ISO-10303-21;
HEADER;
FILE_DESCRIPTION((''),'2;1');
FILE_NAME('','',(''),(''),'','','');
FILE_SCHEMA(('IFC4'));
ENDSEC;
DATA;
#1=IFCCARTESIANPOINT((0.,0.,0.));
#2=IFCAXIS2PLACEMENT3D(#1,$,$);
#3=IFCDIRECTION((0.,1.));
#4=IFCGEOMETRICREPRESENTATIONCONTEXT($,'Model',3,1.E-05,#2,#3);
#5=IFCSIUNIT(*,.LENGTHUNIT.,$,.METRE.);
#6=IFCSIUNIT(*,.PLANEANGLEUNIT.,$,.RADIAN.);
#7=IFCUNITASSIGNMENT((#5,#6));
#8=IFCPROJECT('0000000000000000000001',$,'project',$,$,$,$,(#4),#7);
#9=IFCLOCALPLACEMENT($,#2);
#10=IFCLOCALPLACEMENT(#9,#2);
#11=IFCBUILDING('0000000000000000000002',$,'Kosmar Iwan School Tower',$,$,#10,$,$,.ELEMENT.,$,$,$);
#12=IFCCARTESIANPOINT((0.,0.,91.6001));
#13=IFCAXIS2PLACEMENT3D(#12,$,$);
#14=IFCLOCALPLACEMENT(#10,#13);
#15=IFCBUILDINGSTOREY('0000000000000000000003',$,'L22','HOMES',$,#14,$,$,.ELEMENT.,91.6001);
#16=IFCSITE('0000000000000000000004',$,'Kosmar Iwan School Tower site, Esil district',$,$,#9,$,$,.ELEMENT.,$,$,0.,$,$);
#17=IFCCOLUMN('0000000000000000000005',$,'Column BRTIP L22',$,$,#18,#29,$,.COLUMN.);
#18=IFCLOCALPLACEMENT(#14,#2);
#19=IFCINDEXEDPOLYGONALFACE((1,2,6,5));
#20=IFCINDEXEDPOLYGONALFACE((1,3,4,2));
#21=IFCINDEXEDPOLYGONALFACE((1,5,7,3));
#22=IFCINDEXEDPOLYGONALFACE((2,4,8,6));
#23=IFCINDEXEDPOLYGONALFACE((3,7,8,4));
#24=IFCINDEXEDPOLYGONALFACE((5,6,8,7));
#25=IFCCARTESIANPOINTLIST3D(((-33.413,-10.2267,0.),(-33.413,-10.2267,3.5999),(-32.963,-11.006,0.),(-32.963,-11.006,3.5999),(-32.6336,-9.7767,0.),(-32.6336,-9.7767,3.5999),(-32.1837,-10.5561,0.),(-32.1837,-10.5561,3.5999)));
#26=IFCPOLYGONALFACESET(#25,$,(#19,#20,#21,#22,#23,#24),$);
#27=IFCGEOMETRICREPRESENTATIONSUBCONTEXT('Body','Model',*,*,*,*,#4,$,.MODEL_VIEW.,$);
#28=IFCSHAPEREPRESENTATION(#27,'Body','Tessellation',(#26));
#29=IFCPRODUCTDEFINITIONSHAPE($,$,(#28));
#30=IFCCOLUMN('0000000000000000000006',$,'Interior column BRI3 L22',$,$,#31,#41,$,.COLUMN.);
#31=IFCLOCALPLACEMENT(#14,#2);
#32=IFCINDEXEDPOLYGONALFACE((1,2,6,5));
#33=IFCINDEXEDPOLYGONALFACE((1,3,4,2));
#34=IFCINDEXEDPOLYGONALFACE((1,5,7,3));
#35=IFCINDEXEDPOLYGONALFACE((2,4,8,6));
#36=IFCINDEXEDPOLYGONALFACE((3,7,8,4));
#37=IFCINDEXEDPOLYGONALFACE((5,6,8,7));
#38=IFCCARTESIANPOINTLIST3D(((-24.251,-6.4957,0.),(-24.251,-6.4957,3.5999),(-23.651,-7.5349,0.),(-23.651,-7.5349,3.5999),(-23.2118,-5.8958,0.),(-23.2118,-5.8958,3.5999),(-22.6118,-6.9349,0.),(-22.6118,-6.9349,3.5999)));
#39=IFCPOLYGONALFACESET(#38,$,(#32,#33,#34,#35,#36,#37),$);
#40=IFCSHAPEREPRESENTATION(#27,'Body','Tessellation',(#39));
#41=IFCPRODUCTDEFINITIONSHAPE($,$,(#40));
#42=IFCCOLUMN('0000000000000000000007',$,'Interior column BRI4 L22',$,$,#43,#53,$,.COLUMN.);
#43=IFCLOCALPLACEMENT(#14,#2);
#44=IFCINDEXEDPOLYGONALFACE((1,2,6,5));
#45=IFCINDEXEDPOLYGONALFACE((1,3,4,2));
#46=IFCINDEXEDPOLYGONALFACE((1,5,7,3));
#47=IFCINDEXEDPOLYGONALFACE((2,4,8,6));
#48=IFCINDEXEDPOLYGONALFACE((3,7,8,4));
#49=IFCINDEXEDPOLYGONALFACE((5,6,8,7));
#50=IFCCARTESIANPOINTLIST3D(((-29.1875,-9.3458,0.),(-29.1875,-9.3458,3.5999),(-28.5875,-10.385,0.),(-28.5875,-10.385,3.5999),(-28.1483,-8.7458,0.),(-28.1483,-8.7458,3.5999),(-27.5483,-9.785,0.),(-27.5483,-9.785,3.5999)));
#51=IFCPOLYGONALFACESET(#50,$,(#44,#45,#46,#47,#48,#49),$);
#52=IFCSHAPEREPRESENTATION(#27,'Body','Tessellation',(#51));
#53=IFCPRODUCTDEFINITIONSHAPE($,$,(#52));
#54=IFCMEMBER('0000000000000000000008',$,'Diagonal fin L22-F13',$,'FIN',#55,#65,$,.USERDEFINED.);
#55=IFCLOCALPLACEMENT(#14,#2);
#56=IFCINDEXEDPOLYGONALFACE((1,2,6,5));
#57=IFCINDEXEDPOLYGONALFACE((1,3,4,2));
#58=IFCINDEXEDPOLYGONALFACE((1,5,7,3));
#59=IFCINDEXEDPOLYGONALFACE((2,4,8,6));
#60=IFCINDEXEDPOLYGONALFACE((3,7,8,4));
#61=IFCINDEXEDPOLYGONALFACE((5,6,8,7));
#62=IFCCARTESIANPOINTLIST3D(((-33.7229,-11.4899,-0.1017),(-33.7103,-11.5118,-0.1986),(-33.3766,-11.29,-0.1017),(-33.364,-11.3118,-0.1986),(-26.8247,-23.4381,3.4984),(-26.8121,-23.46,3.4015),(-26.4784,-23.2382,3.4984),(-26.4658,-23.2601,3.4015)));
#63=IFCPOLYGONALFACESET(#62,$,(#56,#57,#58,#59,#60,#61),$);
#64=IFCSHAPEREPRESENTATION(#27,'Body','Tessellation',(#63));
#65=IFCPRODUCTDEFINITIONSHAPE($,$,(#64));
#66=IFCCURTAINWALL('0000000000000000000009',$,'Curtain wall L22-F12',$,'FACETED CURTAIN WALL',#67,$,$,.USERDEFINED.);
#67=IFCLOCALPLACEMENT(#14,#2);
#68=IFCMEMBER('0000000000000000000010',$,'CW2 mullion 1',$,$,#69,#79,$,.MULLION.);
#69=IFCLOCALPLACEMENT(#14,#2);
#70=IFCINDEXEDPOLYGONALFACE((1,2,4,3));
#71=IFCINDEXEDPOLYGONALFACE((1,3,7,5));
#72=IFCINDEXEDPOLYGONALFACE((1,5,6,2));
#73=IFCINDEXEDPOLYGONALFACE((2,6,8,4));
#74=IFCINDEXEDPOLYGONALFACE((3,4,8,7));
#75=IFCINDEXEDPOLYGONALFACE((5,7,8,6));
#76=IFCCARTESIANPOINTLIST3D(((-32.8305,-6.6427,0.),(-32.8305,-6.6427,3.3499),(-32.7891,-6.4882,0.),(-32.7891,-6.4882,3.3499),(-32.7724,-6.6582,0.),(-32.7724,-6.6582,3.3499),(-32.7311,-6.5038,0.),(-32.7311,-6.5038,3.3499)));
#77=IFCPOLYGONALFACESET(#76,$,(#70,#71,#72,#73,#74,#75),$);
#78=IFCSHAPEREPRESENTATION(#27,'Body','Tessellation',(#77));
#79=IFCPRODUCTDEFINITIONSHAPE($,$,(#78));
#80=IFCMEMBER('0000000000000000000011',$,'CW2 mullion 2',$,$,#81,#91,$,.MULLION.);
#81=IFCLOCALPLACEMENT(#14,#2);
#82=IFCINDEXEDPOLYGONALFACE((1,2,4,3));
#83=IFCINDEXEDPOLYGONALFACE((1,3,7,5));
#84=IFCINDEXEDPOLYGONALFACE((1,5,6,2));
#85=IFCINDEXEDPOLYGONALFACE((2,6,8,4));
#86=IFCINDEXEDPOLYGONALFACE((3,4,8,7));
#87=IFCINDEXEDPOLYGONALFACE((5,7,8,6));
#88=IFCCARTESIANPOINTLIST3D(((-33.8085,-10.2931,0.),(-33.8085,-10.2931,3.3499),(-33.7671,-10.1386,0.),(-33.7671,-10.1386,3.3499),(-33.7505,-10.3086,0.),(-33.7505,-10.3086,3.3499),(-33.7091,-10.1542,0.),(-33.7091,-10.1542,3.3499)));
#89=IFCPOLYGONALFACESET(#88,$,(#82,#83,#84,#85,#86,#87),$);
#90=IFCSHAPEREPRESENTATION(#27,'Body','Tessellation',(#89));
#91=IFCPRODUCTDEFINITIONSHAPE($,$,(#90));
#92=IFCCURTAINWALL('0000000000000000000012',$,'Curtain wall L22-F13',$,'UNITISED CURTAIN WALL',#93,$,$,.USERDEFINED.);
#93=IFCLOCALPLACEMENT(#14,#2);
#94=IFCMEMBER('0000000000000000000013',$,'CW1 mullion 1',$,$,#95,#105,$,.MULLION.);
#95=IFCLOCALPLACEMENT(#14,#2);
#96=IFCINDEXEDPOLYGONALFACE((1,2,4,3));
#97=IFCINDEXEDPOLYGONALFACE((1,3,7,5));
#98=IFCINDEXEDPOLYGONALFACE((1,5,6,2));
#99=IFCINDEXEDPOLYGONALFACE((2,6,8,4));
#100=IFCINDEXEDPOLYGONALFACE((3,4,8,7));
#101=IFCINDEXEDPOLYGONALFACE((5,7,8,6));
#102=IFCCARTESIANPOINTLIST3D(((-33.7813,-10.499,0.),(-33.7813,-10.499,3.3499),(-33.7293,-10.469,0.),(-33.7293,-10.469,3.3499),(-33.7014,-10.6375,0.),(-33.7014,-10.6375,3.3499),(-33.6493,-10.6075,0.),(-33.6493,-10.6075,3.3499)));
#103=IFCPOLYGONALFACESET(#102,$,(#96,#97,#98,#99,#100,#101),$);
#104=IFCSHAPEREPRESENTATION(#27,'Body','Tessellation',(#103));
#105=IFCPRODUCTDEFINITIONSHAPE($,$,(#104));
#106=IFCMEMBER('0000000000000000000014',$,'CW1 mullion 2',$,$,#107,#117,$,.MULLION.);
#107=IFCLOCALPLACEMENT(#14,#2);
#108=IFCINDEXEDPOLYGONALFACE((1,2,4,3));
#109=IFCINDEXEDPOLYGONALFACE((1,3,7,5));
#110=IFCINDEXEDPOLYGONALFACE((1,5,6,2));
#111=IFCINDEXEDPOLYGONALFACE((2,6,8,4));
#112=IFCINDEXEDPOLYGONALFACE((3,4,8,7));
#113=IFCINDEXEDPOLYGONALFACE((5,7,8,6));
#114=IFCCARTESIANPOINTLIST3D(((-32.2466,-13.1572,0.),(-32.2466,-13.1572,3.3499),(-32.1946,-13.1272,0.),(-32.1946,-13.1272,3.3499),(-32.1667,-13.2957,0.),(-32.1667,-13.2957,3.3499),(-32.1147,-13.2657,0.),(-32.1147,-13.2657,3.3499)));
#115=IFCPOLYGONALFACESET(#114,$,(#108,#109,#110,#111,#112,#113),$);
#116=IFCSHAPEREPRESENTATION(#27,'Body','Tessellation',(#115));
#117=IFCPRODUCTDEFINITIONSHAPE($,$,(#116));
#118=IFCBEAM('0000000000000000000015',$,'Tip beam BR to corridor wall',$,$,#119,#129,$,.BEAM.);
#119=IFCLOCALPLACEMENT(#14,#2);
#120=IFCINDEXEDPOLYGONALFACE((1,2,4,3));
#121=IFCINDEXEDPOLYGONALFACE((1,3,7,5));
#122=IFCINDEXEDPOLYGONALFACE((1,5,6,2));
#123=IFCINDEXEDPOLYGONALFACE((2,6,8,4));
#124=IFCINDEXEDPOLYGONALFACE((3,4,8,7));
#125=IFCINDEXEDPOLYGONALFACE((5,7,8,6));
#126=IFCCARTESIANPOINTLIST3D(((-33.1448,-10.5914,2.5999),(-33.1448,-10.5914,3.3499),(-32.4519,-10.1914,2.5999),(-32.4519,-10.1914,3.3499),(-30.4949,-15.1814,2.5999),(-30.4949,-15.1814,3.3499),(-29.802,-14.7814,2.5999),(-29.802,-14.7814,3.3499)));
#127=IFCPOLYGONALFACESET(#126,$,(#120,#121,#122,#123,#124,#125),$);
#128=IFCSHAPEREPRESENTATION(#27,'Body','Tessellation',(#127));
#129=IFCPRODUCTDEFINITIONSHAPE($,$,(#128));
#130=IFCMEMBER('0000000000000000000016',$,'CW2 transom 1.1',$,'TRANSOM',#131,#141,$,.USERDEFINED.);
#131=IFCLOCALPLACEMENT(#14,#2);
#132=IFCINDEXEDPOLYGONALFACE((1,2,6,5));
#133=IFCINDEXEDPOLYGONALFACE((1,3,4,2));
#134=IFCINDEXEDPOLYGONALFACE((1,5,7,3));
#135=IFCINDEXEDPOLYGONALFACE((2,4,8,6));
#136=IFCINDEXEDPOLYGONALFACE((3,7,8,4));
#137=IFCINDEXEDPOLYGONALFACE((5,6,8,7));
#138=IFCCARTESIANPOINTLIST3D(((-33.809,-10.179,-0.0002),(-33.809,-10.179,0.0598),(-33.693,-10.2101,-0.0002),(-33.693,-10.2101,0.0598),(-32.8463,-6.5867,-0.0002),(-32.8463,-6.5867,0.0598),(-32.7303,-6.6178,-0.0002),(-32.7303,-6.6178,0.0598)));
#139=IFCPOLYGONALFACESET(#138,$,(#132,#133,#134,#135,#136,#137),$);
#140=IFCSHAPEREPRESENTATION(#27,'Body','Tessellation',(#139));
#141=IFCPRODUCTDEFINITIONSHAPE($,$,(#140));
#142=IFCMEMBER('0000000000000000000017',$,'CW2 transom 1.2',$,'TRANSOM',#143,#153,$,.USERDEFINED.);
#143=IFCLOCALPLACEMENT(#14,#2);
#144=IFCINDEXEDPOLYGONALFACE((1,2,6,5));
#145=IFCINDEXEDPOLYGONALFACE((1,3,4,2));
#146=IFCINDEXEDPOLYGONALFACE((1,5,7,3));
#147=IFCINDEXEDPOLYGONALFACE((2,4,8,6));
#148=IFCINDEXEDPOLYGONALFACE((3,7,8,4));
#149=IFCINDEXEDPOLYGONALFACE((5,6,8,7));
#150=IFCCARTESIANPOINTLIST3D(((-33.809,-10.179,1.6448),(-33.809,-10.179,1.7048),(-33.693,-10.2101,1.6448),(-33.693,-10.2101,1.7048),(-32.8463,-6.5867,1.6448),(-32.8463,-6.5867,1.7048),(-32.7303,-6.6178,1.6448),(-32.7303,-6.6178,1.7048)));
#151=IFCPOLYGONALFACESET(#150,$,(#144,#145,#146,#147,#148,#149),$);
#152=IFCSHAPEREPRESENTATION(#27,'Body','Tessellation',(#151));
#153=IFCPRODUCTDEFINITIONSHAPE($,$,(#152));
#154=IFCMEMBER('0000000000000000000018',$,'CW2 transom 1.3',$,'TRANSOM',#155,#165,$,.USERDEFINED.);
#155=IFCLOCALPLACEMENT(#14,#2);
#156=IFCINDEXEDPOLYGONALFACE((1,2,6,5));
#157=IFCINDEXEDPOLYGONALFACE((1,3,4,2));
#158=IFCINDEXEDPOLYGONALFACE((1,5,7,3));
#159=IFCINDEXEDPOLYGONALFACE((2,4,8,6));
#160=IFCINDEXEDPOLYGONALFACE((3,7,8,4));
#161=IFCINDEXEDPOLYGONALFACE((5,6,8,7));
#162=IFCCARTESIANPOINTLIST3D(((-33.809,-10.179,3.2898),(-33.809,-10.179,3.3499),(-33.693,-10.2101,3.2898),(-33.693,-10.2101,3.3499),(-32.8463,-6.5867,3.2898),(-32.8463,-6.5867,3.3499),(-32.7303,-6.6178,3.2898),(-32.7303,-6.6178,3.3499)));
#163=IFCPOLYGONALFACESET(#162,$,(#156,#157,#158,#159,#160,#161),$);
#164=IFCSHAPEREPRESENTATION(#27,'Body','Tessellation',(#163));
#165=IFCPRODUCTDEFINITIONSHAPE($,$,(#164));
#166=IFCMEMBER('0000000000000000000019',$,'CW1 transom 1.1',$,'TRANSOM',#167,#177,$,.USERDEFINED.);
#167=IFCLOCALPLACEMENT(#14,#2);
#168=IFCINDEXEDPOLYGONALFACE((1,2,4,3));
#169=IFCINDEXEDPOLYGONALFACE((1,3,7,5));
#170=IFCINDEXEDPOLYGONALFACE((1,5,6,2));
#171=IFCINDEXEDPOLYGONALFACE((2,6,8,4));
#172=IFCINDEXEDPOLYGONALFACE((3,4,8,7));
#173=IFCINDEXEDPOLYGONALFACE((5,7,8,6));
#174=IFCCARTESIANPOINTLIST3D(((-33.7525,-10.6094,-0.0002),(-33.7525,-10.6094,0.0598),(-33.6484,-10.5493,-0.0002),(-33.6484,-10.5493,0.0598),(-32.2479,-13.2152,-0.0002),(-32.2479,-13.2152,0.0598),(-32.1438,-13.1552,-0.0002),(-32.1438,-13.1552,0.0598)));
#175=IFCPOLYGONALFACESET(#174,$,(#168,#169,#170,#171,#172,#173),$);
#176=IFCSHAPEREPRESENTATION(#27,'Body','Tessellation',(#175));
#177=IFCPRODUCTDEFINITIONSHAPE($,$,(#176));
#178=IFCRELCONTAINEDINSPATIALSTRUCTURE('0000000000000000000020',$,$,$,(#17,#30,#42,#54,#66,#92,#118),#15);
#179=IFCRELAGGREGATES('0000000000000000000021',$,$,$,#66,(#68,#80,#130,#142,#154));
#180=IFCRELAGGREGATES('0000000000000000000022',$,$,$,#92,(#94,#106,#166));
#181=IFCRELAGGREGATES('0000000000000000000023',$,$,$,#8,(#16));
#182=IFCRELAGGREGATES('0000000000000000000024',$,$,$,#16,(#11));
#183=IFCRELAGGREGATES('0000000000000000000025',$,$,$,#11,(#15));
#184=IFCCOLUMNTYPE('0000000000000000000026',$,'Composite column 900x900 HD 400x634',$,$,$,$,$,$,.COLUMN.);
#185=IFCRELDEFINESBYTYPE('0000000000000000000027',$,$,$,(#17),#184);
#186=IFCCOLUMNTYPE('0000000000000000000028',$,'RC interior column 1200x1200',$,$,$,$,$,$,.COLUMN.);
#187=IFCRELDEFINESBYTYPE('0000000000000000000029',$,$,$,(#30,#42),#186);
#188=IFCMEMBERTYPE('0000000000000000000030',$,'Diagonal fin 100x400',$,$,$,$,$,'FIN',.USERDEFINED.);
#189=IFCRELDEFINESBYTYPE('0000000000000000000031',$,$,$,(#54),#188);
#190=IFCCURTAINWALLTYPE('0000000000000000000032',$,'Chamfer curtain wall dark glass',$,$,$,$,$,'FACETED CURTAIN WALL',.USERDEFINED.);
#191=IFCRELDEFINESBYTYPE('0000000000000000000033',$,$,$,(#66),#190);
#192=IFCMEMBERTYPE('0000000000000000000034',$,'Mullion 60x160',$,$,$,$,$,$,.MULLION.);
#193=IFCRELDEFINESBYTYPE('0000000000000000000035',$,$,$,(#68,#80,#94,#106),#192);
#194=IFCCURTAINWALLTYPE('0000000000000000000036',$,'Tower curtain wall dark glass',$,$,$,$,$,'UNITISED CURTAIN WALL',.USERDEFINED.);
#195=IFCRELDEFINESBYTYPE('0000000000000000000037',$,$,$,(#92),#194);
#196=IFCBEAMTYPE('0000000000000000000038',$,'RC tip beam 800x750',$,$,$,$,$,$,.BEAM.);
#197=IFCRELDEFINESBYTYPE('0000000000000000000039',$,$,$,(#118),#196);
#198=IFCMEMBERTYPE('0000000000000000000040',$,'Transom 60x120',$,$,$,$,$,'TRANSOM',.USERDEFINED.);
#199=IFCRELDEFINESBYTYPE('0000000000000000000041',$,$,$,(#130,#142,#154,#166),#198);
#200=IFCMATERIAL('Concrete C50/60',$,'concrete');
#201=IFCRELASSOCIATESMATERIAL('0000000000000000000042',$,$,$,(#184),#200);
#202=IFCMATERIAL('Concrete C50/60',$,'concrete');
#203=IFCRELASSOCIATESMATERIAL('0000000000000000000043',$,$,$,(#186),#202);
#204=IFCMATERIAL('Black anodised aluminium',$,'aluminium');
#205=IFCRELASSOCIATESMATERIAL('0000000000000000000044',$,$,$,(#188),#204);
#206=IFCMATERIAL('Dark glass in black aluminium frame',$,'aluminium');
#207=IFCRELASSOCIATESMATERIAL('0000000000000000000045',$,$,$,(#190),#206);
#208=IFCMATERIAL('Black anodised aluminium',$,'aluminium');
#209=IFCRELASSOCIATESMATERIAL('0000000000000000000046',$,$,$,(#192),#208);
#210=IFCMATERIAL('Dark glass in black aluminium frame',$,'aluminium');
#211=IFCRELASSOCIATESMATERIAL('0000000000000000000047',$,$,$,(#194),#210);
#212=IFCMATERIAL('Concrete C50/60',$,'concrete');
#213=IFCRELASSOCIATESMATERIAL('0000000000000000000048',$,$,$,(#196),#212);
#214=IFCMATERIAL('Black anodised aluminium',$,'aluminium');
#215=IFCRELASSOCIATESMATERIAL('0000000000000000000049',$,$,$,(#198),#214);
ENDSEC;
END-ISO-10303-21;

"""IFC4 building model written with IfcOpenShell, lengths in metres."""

from ifc_helpers import new_model, si_unit, direction, frame, origin, origin_2d, place, context, subcontext, project, spatial, rectangle, extrude, material, material_profile, profile_set, type_object, element, aggregate, save


model = new_model("IFC4")

# Units and contexts
model_context = context("Model", 3, precision=1e-05, world=origin(), true_north=direction((0.0, 1.0)))
body_context = subcontext(model_context, "Body", "Model", "MODEL_VIEW")
ifc_project = project(units=[si_unit("LENGTHUNIT", "METRE"), si_unit("PLANEANGLEUNIT", "RADIAN")], contexts=[model_context])

# Site, building, storey
site_placement = place(None, origin())
site = spatial("IfcSite", under=ifc_project, at=site_placement, Name="Kosmar Iwan School Tower site, Esil district", CompositionType="ELEMENT", RefElevation=0.0)
building_placement = place(site_placement, origin())
building = spatial("IfcBuilding", under=site, at=building_placement, Name="Kosmar Iwan School Tower", CompositionType="ELEMENT")
storey_placement = place(building_placement, frame((0.0, 0.0, 91.6001)))
storey = spatial("IfcBuildingStorey", under=building, at=storey_placement, Name="L22", Description="HOMES", CompositionType="ELEMENT", Elevation=91.6001)

# Columns
ifc_material_1 = material(Name="Concrete C50/60", Category="concrete")
ifc_material_profile_1 = material_profile(ifc_material_1, rectangle(XDim=0.8999, YDim=0.8999, at=origin_2d()), Name="RC 900x900 + HD 400x634")
ifc_profile_set_1 = profile_set([ifc_material_profile_1], Name="Concrete C50/60")
column_type_1 = type_object("IfcColumnType", Name="Composite column 900x900 HD 400x634", PredefinedType="COLUMN", material=ifc_profile_set_1)
column_placement = place(storey_placement, frame((-32.7983, -10.3914, 0.0), z_axis=(0.0, 0.0, 1.0), x_axis=(-0.866025, -0.5, 0.0)))
element("IfcColumn", 1, at=column_placement, inside=storey, type_object=column_type_1, Name="Column BRTIP L22", PredefinedType="COLUMN", context=body_context, shape_type="SweptSolid", body=[
    extrude(rectangle(XDim=0.8999, YDim=0.8999, at=origin_2d()), origin(), (0.0, 0.0, 1.0), 3.5999),
])
ifc_material_2 = material(Name="Concrete C50/60", Category="concrete")
ifc_material_profile_2 = material_profile(ifc_material_2, rectangle(XDim=1.2, YDim=1.2, at=origin_2d()), Name="RC 1200x1200")
ifc_profile_set_2 = profile_set([ifc_material_profile_2], Name="Concrete C50/60")
column_type_2 = type_object("IfcColumnType", Name="RC interior column 1200x1200", PredefinedType="COLUMN", material=ifc_profile_set_2)
for number, where, z_axis, x_axis, name in (
    (2, (-23.4314, -6.7153, 0.0), (0.0, 0.0, 1.0), (-0.866025, -0.5, 0.0), "Interior column BRI3 L22"),
    (3, (-28.3679, -9.5654, 0.0), (0.0, 0.0, 1.0), (-0.866025, -0.5, 0.0), "Interior column BRI4 L22"),
):
    element("IfcColumn", number, at=place(storey_placement, frame(where, z_axis=z_axis, x_axis=x_axis)), inside=storey, type_object=column_type_2, Name=name, PredefinedType="COLUMN", context=body_context, shape_type="SweptSolid", body=[
        extrude(rectangle(XDim=1.2, YDim=1.2, at=origin_2d()), origin(), (0.0, 0.0, 1.0), 3.5999),
    ])

# Member
ifc_material_3 = material(Name="Black anodised aluminium", Category="aluminium")
ifc_material_profile_3 = material_profile(ifc_material_3, rectangle(XDim=0.1001, YDim=0.3999, at=origin_2d()), Name="FIN 100x400")
ifc_profile_set_3 = profile_set([ifc_material_profile_3], Name="Black anodised aluminium")
member_type_1 = type_object("IfcMemberType", Name="Diagonal fin 100x400", ElementType="FIN", PredefinedType="USERDEFINED", material=ifc_profile_set_3)
member_1_placement = place(storey_placement, frame((-33.5435, -11.4009, -0.1501), z_axis=(0.483793, -0.83797, 0.252487), x_axis=(-0.126242, 0.218661, 0.9676)))
element("IfcMember", 4, at=member_1_placement, inside=storey, type_object=member_type_1, Name="Diagonal fin L22-F13", ObjectType="FIN", PredefinedType="USERDEFINED", context=body_context, shape_type="SweptSolid", body=[
    extrude(rectangle(XDim=0.1001, YDim=0.3999, at=origin_2d()), origin(), (0.0, 0.0, 1.0), 14.2585),
])

# Curtain walls, members
ifc_material_4 = material(Name="Dark glass in black aluminium frame", Category="aluminium")
curtain_wall_type_1 = type_object("IfcCurtainWallType", Name="Chamfer curtain wall dark glass", ElementType="FACETED CURTAIN WALL", PredefinedType="USERDEFINED", material=ifc_material_4)
curtain_wall_1_placement = place(storey_placement, origin())
curtain_wall_1 = element("IfcCurtainWall", 5, at=curtain_wall_1_placement, inside=storey, type_object=curtain_wall_type_1, Name="Curtain wall L22-F12", ObjectType="FACETED CURTAIN WALL", PredefinedType="USERDEFINED")
ifc_material_5 = material(Name="Black anodised aluminium", Category="aluminium")
ifc_material_profile_4 = material_profile(ifc_material_5, rectangle(XDim=0.0601, YDim=0.1599, at=origin_2d()), Name="MULLION 60x160")
ifc_profile_set_4 = profile_set([ifc_material_profile_4], Name="Black anodised aluminium")
member_type_2 = type_object("IfcMemberType", Name="Mullion 60x160", PredefinedType="MULLION", material=ifc_profile_set_4)
member_2_placement = place(storey_placement, frame((-32.7808, -6.5732, 0.0), z_axis=(0.0, 0.0, 1.0), x_axis=(0.965926, -0.258819, 0.0)))
member_2 = element("IfcMember", 6, at=member_2_placement, type_object=member_type_2, Name="CW2 mullion 1", PredefinedType="MULLION", context=body_context, shape_type="SweptSolid", body=[
    extrude(rectangle(XDim=0.0601, YDim=0.1599, at=origin_2d()), origin(), (0.0, 0.0, 1.0), 3.3499),
])
member_3_placement = place(storey_placement, frame((-33.7588, -10.2236, 0.0), z_axis=(0.0, 0.0, 1.0), x_axis=(0.965926, -0.258819, 0.0)))
member_3 = element("IfcMember", 7, at=member_3_placement, type_object=member_type_2, Name="CW2 mullion 2", PredefinedType="MULLION", context=body_context, shape_type="SweptSolid", body=[
    extrude(rectangle(XDim=0.0601, YDim=0.1599, at=origin_2d()), origin(), (0.0, 0.0, 1.0), 3.3499),
])
ifc_material_6 = material(Name="Dark glass in black aluminium frame", Category="aluminium")
curtain_wall_type_2 = type_object("IfcCurtainWallType", Name="Tower curtain wall dark glass", ElementType="UNITISED CURTAIN WALL", PredefinedType="USERDEFINED", material=ifc_material_6)
curtain_wall_2_placement = place(storey_placement, origin())
curtain_wall_2 = element("IfcCurtainWall", 8, at=curtain_wall_2_placement, inside=storey, type_object=curtain_wall_type_2, Name="Curtain wall L22-F13", ObjectType="UNITISED CURTAIN WALL", PredefinedType="USERDEFINED")
member_4_placement = place(storey_placement, frame((-33.7153, -10.5532, 0.0), z_axis=(0.0, 0.0, 1.0), x_axis=(0.866025, 0.5, 0.0)))
member_4 = element("IfcMember", 9, at=member_4_placement, type_object=member_type_2, Name="CW1 mullion 1", PredefinedType="MULLION", context=body_context, shape_type="SweptSolid", body=[
    extrude(rectangle(XDim=0.0601, YDim=0.1599, at=origin_2d()), origin(), (0.0, 0.0, 1.0), 3.3499),
])
member_5_placement = place(storey_placement, frame((-32.1807, -13.2114, 0.0), z_axis=(0.0, 0.0, 1.0), x_axis=(0.866025, 0.5, 0.0)))
member_5 = element("IfcMember", 10, at=member_5_placement, type_object=member_type_2, Name="CW1 mullion 2", PredefinedType="MULLION", context=body_context, shape_type="SweptSolid", body=[
    extrude(rectangle(XDim=0.0601, YDim=0.1599, at=origin_2d()), origin(), (0.0, 0.0, 1.0), 3.3499),
])

# Beam
ifc_material_7 = material(Name="Concrete C50/60", Category="concrete")
ifc_material_profile_5 = material_profile(ifc_material_7, rectangle(XDim=0.8, YDim=0.75, at=origin_2d()), Name="RC 800x750")
ifc_profile_set_5 = profile_set([ifc_material_profile_5], Name="Concrete C50/60")
beam_type = type_object("IfcBeamType", Name="RC tip beam 800x750", PredefinedType="BEAM", material=ifc_profile_set_5)
beam_placement = place(storey_placement, frame((-32.7983, -10.3914, 2.9749), z_axis=(0.499974, -0.866041, 0.0), x_axis=(0.866041, 0.499974, 0.0)))
element("IfcBeam", 11, at=beam_placement, inside=storey, type_object=beam_type, Name="Tip beam BR to corridor wall", PredefinedType="BEAM", context=body_context, shape_type="SweptSolid", body=[
    extrude(rectangle(XDim=0.8, YDim=0.75, at=origin_2d()), origin(), (0.0, 0.0, 1.0), 5.3),
])

# Members
ifc_material_8 = material(Name="Black anodised aluminium", Category="aluminium")
ifc_material_profile_6 = material_profile(ifc_material_8, rectangle(XDim=0.1201, YDim=0.0601, at=origin_2d()), Name="TRANSOM 60x120")
ifc_profile_set_6 = profile_set([ifc_material_profile_6], Name="Black anodised aluminium")
member_type_3 = type_object("IfcMemberType", Name="Transom 60x120", ElementType="TRANSOM", PredefinedType="USERDEFINED", material=ifc_profile_set_6)
member_6_placement = place(storey_placement, frame((-32.7883, -6.6023, 0.0298), z_axis=(-0.258843, -0.965919, 0.0), x_axis=(0.965919, -0.258843, 0.0)))
member_6 = element("IfcMember", 12, at=member_6_placement, type_object=member_type_3, Name="CW2 transom 1.1", ObjectType="TRANSOM", PredefinedType="USERDEFINED", context=body_context, shape_type="SweptSolid", body=[
    extrude(rectangle(XDim=0.1201, YDim=0.0601, at=origin_2d()), origin(), (0.0, 0.0, 1.0), 3.719),
])
member_7_placement = place(storey_placement, frame((-32.7883, -6.6023, 1.6748), z_axis=(-0.258843, -0.965919, 0.0), x_axis=(0.965919, -0.258843, 0.0)))
member_7 = element("IfcMember", 13, at=member_7_placement, type_object=member_type_3, Name="CW2 transom 1.2", ObjectType="TRANSOM", PredefinedType="USERDEFINED", context=body_context, shape_type="SweptSolid", body=[
    extrude(rectangle(XDim=0.1201, YDim=0.0601, at=origin_2d()), origin(), (0.0, 0.0, 1.0), 3.719),
])
member_8_placement = place(storey_placement, frame((-32.7883, -6.6023, 3.3198), z_axis=(-0.258843, -0.965919, 0.0), x_axis=(0.965919, -0.258843, 0.0)))
member_8 = element("IfcMember", 14, at=member_8_placement, type_object=member_type_3, Name="CW2 transom 1.3", ObjectType="TRANSOM", PredefinedType="USERDEFINED", context=body_context, shape_type="SweptSolid", body=[
    extrude(rectangle(XDim=0.1201, YDim=0.0601, at=origin_2d()), origin(), (0.0, 0.0, 1.0), 3.719),
])
member_9_placement = place(storey_placement, frame((-33.7004, -10.5793, 0.0298), z_axis=(0.500022, -0.866013, 0.0), x_axis=(0.866013, 0.500022, 0.0)))
member_9 = element("IfcMember", 15, at=member_9_placement, type_object=member_type_3, Name="CW1 transom 1.1", ObjectType="TRANSOM", PredefinedType="USERDEFINED", context=body_context, shape_type="SweptSolid", body=[
    extrude(rectangle(XDim=0.1201, YDim=0.0601, at=origin_2d()), origin(), (0.0, 0.0, 1.0), 3.009),
])

aggregate(curtain_wall_1, [member_2, member_3, member_6, member_7, member_8])
aggregate(curtain_wall_2, [member_4, member_5, member_9])

save(model, "model.ifc")
